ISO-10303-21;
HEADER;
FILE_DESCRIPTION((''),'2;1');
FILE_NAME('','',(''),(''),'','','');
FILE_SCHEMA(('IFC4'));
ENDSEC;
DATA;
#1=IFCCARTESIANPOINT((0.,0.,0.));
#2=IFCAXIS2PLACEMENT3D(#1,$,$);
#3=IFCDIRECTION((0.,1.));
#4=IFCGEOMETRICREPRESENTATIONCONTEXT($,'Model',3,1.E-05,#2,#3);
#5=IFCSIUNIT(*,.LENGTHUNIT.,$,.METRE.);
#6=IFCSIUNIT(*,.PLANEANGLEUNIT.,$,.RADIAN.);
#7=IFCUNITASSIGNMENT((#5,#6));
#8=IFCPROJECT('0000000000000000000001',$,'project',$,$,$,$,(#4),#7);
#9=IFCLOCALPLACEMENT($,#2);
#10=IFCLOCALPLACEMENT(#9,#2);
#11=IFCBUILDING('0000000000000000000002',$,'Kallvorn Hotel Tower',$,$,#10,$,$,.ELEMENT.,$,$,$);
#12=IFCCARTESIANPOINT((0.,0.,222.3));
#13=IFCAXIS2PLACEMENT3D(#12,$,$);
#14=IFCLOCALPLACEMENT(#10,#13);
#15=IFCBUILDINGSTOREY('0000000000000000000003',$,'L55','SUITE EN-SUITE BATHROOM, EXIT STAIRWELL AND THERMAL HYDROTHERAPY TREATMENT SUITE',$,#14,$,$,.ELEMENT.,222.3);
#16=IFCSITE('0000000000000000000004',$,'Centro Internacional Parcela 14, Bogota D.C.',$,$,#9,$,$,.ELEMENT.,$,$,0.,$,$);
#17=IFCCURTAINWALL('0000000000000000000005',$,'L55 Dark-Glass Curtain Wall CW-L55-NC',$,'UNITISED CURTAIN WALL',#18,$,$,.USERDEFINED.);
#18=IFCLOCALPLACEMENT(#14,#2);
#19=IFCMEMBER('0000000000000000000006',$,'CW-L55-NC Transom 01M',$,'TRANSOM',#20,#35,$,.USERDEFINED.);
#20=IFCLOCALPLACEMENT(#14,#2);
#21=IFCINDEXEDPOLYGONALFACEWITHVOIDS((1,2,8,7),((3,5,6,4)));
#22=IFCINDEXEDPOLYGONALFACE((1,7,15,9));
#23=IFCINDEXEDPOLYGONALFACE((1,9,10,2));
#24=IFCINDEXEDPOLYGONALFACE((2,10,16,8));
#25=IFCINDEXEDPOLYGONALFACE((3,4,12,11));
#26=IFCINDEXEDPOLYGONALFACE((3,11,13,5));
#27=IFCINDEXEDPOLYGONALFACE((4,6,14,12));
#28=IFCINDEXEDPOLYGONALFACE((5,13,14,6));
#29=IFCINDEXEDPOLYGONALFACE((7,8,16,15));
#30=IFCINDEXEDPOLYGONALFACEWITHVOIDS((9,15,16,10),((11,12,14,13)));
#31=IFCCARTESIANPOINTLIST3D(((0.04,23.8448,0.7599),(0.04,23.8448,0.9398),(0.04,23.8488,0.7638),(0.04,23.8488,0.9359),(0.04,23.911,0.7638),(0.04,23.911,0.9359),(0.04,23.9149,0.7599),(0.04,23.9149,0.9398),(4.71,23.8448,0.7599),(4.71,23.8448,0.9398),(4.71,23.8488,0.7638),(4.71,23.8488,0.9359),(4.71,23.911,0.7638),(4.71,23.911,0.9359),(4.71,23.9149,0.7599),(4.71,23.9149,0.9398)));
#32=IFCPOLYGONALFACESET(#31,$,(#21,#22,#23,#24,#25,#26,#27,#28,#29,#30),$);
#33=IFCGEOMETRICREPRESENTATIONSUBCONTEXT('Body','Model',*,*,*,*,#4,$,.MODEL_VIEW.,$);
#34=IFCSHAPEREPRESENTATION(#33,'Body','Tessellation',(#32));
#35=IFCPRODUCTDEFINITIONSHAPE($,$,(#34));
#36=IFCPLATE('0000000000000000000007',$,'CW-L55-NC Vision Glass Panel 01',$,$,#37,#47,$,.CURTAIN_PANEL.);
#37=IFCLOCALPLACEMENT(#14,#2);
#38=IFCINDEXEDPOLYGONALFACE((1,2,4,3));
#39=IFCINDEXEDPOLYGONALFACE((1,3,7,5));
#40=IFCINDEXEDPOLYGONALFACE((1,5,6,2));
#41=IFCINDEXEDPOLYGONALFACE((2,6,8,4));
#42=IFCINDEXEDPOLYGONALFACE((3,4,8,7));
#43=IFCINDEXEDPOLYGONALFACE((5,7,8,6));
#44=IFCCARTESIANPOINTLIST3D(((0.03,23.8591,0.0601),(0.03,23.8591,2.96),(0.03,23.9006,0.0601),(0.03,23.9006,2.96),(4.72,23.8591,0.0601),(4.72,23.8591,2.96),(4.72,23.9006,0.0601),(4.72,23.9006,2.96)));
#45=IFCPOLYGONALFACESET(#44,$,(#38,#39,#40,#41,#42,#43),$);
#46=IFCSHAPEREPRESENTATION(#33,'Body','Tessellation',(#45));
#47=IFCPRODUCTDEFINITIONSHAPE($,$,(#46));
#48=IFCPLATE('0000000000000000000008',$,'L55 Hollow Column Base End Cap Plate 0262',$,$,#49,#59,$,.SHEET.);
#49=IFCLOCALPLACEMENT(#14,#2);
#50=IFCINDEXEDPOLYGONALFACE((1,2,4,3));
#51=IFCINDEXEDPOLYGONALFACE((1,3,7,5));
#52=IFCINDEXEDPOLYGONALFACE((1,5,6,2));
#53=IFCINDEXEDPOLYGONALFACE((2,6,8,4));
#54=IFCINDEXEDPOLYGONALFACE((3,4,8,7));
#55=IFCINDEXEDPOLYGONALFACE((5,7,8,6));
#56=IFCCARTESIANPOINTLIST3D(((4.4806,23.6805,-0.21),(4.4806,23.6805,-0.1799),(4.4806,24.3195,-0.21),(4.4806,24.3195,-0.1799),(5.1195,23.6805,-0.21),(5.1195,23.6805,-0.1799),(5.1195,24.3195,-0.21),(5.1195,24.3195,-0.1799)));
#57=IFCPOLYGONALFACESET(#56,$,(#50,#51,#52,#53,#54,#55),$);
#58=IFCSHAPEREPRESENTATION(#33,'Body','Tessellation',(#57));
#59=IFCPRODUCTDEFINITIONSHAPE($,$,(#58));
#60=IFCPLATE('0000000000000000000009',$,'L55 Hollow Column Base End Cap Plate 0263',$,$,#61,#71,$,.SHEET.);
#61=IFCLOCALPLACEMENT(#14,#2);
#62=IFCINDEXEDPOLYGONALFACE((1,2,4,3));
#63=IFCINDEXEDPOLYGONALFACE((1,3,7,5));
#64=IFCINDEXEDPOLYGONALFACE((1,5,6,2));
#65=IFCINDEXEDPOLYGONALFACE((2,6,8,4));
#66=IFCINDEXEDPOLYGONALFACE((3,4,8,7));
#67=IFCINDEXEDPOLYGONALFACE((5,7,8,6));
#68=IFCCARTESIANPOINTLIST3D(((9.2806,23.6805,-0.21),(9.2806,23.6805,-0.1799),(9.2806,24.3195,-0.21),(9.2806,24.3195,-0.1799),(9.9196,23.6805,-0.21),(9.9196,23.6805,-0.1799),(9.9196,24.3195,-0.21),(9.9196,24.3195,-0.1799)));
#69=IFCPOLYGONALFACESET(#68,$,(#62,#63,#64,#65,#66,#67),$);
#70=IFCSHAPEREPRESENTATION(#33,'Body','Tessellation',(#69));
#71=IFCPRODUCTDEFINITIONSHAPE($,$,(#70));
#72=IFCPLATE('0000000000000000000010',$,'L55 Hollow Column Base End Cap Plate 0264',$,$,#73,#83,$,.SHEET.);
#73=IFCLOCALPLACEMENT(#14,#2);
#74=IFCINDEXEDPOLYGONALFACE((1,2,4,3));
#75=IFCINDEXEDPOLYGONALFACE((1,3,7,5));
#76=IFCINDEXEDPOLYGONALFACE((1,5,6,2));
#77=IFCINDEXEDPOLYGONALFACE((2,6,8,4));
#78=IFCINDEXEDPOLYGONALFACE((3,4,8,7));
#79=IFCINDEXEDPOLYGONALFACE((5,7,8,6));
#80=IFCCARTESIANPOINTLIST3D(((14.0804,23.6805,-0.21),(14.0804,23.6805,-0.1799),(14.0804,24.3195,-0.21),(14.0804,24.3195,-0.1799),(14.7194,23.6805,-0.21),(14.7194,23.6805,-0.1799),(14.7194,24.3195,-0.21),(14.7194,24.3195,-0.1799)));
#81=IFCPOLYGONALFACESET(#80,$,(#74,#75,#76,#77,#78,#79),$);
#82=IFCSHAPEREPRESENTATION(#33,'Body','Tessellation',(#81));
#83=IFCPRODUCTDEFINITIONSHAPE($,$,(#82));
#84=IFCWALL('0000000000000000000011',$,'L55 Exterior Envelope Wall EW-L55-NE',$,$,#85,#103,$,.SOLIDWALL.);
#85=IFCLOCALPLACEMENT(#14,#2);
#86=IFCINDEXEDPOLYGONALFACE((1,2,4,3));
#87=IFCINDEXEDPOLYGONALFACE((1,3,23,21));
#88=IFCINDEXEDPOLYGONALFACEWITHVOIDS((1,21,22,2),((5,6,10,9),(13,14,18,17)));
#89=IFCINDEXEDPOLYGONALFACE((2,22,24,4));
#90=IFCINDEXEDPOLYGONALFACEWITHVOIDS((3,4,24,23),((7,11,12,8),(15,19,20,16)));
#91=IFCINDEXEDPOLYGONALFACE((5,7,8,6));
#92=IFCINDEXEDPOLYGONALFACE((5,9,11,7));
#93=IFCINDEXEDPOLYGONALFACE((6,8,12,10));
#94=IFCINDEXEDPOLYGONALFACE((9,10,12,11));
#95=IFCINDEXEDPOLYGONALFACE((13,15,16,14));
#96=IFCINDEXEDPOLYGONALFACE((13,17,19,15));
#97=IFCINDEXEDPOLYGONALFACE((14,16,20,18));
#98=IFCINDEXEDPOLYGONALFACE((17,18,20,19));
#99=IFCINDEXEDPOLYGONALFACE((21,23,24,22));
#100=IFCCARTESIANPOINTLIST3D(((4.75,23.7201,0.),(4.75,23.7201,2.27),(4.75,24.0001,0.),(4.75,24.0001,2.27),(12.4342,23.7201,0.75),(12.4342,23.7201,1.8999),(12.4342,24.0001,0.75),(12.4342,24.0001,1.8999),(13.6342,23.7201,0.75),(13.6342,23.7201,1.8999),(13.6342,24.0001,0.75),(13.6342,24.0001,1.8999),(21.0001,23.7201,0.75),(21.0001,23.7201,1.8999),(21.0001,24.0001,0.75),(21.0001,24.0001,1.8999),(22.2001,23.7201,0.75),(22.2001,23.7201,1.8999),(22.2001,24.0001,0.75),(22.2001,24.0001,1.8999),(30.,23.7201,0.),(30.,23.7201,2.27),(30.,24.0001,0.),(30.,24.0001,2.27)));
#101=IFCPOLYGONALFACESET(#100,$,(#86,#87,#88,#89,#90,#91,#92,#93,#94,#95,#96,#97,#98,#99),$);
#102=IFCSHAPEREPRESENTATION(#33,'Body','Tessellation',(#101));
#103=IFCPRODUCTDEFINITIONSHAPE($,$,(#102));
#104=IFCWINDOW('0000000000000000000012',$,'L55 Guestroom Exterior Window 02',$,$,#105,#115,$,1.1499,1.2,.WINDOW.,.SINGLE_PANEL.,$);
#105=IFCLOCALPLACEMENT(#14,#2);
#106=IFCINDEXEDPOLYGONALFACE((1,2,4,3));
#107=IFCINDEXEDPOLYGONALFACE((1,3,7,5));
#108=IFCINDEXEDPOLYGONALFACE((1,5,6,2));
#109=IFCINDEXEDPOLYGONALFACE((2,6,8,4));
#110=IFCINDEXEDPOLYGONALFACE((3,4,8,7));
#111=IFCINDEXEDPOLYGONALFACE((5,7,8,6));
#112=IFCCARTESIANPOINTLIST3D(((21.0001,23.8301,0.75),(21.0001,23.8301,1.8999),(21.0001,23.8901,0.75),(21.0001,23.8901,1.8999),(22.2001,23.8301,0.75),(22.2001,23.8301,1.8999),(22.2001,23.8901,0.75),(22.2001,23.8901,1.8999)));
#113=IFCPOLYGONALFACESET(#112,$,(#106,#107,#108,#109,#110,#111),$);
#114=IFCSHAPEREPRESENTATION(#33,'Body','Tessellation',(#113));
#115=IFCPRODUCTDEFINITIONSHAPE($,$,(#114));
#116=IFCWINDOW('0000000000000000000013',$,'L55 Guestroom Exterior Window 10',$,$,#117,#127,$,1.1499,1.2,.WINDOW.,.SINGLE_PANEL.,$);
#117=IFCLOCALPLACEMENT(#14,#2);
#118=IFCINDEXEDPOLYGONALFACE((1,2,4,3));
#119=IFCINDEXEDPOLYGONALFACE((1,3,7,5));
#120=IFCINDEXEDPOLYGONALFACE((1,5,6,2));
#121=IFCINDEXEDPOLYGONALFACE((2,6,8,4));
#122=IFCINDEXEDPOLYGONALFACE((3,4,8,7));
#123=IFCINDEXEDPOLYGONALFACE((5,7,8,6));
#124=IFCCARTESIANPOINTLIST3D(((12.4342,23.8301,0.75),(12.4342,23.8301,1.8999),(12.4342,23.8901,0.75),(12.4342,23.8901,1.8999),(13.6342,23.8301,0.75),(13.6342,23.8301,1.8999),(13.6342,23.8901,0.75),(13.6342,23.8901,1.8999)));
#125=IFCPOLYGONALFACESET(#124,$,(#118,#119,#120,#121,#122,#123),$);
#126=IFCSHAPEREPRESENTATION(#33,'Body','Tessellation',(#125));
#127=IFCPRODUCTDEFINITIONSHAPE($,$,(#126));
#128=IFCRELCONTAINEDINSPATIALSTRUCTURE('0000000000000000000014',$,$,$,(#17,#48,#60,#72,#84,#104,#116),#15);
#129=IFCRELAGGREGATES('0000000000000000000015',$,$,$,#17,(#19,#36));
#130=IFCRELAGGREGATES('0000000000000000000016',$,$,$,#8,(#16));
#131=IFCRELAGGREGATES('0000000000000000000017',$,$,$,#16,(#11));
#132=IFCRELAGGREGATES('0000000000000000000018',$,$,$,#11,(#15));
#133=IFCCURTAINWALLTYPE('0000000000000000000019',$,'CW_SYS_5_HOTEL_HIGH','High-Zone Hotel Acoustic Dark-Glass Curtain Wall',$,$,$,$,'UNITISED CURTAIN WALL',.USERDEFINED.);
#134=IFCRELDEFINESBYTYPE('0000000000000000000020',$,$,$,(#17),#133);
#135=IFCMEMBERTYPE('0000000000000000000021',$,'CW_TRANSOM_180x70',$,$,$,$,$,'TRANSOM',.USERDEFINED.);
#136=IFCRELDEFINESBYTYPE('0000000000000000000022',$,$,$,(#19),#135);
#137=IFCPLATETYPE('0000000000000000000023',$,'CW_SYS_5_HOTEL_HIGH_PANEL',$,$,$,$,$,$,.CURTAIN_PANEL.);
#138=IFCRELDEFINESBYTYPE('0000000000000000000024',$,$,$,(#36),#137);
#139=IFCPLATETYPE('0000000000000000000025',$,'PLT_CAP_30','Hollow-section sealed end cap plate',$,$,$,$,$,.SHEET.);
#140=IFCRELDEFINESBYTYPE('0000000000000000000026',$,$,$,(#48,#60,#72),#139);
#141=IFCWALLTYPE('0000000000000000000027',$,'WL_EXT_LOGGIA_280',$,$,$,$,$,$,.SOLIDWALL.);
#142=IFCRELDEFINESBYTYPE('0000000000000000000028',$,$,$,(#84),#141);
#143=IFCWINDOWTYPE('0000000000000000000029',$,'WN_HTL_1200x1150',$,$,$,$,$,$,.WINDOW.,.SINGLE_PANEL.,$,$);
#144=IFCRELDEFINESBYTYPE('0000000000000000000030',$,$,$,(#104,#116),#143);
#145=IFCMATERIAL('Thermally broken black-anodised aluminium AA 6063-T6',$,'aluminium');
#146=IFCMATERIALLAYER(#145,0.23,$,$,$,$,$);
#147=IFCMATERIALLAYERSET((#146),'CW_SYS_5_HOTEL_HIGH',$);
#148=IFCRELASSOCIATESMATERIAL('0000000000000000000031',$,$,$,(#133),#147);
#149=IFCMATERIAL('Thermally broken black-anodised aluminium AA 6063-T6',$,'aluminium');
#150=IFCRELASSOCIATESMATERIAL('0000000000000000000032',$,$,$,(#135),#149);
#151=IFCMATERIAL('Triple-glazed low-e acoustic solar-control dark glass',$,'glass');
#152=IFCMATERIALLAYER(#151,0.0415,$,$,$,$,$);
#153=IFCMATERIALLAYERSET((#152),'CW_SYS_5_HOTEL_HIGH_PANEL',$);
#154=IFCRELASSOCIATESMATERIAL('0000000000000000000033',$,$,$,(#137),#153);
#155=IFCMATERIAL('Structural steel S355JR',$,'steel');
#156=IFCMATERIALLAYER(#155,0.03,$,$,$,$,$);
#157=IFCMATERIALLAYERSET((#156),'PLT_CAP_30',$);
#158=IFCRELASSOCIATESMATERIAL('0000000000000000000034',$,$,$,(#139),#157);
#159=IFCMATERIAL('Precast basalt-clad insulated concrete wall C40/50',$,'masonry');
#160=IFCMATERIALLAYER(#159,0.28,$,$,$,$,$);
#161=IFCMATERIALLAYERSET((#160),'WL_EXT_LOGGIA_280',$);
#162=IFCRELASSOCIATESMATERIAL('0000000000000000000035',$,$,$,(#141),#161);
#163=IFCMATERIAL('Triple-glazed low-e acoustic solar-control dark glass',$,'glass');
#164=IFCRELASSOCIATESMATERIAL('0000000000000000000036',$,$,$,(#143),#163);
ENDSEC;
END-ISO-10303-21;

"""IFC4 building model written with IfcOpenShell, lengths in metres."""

from ifc_helpers import new_model, si_unit, direction, frame, frame_2d, origin, origin_2d, place, context, subcontext, project, spatial, rectangle, hollow_rectangle, extrude, material, layer, layer_set, material_profile, profile_set, type_object, element, fill, aggregate, save


model = new_model("IFC4")

# Units and contexts
model_context = context("Model", 3, precision=1e-05, world=origin(), true_north=direction((0.0, 1.0)))
body_context = subcontext(model_context, "Body", "Model", "MODEL_VIEW")
ifc_project = project(units=[si_unit("LENGTHUNIT", "METRE"), si_unit("PLANEANGLEUNIT", "RADIAN")], contexts=[model_context])

# Site, building, storey
site_placement = place(None, origin())
site = spatial("IfcSite", under=ifc_project, at=site_placement, Name="Centro Internacional Parcela 14, Bogota D.C.", CompositionType="ELEMENT", RefElevation=0.0)
building_placement = place(site_placement, origin())
building = spatial("IfcBuilding", under=site, at=building_placement, Name="Kallvorn Hotel Tower", CompositionType="ELEMENT")
storey_placement = place(building_placement, frame((0.0, 0.0, 222.3)))
storey = spatial("IfcBuildingStorey", under=building, at=storey_placement, Name="L55", Description="SUITE EN-SUITE BATHROOM, EXIT STAIRWELL AND THERMAL HYDROTHERAPY TREATMENT SUITE", CompositionType="ELEMENT", Elevation=222.3)

# Curtain wall, member, plate
ifc_material_1 = material(Name="Thermally broken black-anodised aluminium AA 6063-T6", Category="aluminium")
ifc_layer_1 = layer(ifc_material_1, 0.23)
ifc_layer_set_1 = layer_set([ifc_layer_1], Name="CW_SYS_5_HOTEL_HIGH")
curtain_wall_type = type_object("IfcCurtainWallType", Name="CW_SYS_5_HOTEL_HIGH", Description="High-Zone Hotel Acoustic Dark-Glass Curtain Wall", ElementType="UNITISED CURTAIN WALL", PredefinedType="USERDEFINED", material=ifc_layer_set_1)
curtain_wall_placement = place(storey_placement, origin())
curtain_wall = element("IfcCurtainWall", 1, at=curtain_wall_placement, inside=storey, type_object=curtain_wall_type, Name="L55 Dark-Glass Curtain Wall CW-L55-NC", ObjectType="UNITISED CURTAIN WALL", PredefinedType="USERDEFINED")
ifc_material_2 = material(Name="Thermally broken black-anodised aluminium AA 6063-T6", Category="aluminium")
ifc_material_profile_1 = material_profile(ifc_material_2, hollow_rectangle(XDim=0.0701, YDim=0.1799, WallThickness=0.0039, at=origin_2d()), Name="TRN 180x70")
ifc_profile_set_1 = profile_set([ifc_material_profile_1], Name="Thermally broken black-anodised aluminium AA 6063-T6")
member_type_1 = type_object("IfcMemberType", Name="CW_TRANSOM_180x70", ElementType="TRANSOM", PredefinedType="USERDEFINED", material=ifc_profile_set_1)
member_1_placement = place(storey_placement, frame((0.04, 23.8799, 0.8499), z_axis=(1.0, 0.0, 0.0), x_axis=(0.0, 1.0, 0.0)))
member_1 = element("IfcMember", 2, at=member_1_placement, type_object=member_type_1, Name="CW-L55-NC Transom 01M", ObjectType="TRANSOM", PredefinedType="USERDEFINED", context=body_context, shape_type="SweptSolid", body=[
    extrude(hollow_rectangle(XDim=0.0701, YDim=0.1799, WallThickness=0.0039, at=origin_2d()), origin(), (0.0, 0.0, 1.0), 4.6699),
])
ifc_material_3 = material(Name="Triple-glazed low-e acoustic solar-control dark glass", Category="glass")
ifc_layer_2 = layer(ifc_material_3, 0.0415)
ifc_layer_set_2 = layer_set([ifc_layer_2], Name="CW_SYS_5_HOTEL_HIGH_PANEL")
plate_type_1 = type_object("IfcPlateType", Name="CW_SYS_5_HOTEL_HIGH_PANEL", PredefinedType="CURTAIN_PANEL", material=ifc_layer_set_2)
plate_placement = place(storey_placement, frame((2.375, 23.8799, 0.0601), z_axis=(0.0, 0.0, 1.0), x_axis=(1.0, 0.0, 0.0)))
plate = element("IfcPlate", 3, at=plate_placement, type_object=plate_type_1, Name="CW-L55-NC Vision Glass Panel 01", PredefinedType="CURTAIN_PANEL", context=body_context, shape_type="SweptSolid", body=[
    extrude(rectangle(XDim=4.6899, YDim=0.0415, at=origin_2d()), origin(), (0.0, 0.0, 1.0), 2.8999),
])
aggregate(curtain_wall, [member_1, plate])

# Plates
ifc_material_4 = material(Name="Structural steel S355JR", Category="steel")
ifc_layer_3 = layer(ifc_material_4, 0.03)
ifc_layer_set_3 = layer_set([ifc_layer_3], Name="PLT_CAP_30")
plate_type_2 = type_object("IfcPlateType", Name="PLT_CAP_30", Description="Hollow-section sealed end cap plate", PredefinedType="SHEET", material=ifc_layer_set_3)
for number, where, z_axis, x_axis, name in (
    (4, (4.8, 24.0, -0.21), (0.0, 0.0, 1.0), (1.0, 0.0, 0.0), "L55 Hollow Column Base End Cap Plate 0262"),
    (5, (9.6001, 24.0, -0.21), (0.0, 0.0, 1.0), (1.0, 0.0, 0.0), "L55 Hollow Column Base End Cap Plate 0263"),
    (6, (14.3999, 24.0, -0.21), (0.0, 0.0, 1.0), (1.0, 0.0, 0.0), "L55 Hollow Column Base End Cap Plate 0264"),
):
    element("IfcPlate", number, at=place(storey_placement, frame(where, z_axis=z_axis, x_axis=x_axis)), inside=storey, type_object=plate_type_2, Name=name, PredefinedType="SHEET", context=body_context, shape_type="SweptSolid", body=[
        extrude(rectangle(XDim=0.6389, YDim=0.6389, at=origin_2d()), origin(), (0.0, 0.0, 1.0), 0.03),
    ])

# Wall, openings, windows
ifc_material_5 = material(Name="Precast basalt-clad insulated concrete wall C40/50", Category="masonry")
ifc_layer_4 = layer(ifc_material_5, 0.28)
ifc_layer_set_4 = layer_set([ifc_layer_4], Name="WL_EXT_LOGGIA_280")
wall_type = type_object("IfcWallType", Name="WL_EXT_LOGGIA_280", PredefinedType="SOLIDWALL", material=ifc_layer_set_4)
wall_placement = place(storey_placement, frame((4.75, 23.8601, 0.0), z_axis=(0.0, 0.0, 1.0), x_axis=(1.0, 0.0, 0.0)))
wall = element("IfcWall", 7, at=wall_placement, inside=storey, type_object=wall_type, Name="L55 Exterior Envelope Wall EW-L55-NE", PredefinedType="SOLIDWALL", context=body_context, shape_type="SweptSolid", body=[
    extrude(rectangle(XDim=25.25, YDim=0.28, at=frame_2d((12.625, 0.0))), origin(), (0.0, 0.0, 1.0), 2.27),
])
opening_1_placement = place(wall_placement, frame((16.25, 0.0, 0.75)))
opening_1 = element("IfcOpeningElement", 8, at=opening_1_placement, cuts=wall, PredefinedType="OPENING", context=body_context, shape_type="SweptSolid", body=[
    extrude(rectangle(XDim=1.2, YDim=1.1499, at=frame_2d((0.6001, 0.575))), frame((0.0, 0.155, 0.0), z_axis=(0.0, -1.0, 0.0), x_axis=(1.0, 0.0, 0.0)), (0.0, 0.0, 1.0), 0.3101),
])
opening_2_placement = place(wall_placement, frame((7.6841, 0.0, 0.75)))
opening_2 = element("IfcOpeningElement", 9, at=opening_2_placement, cuts=wall, PredefinedType="OPENING", context=body_context, shape_type="SweptSolid", body=[
    extrude(rectangle(XDim=1.2, YDim=1.1499, at=frame_2d((0.6001, 0.575))), frame((0.0, 0.155, 0.0), z_axis=(0.0, -1.0, 0.0), x_axis=(1.0, 0.0, 0.0)), (0.0, 0.0, 1.0), 0.3101),
])
ifc_material_6 = material(Name="Triple-glazed low-e acoustic solar-control dark glass", Category="glass")
window_type = type_object("IfcWindowType", Name="WN_HTL_1200x1150", PartitioningType="SINGLE_PANEL", PredefinedType="WINDOW", material=ifc_material_6)
window_1_placement = place(opening_1_placement, origin())
window_1 = element("IfcWindow", 10, at=window_1_placement, inside=storey, type_object=window_type, Name="L55 Guestroom Exterior Window 02", OverallHeight=1.1499, OverallWidth=1.2, PartitioningType="SINGLE_PANEL", PredefinedType="WINDOW", context=body_context, shape_type="SweptSolid", body=[
    extrude(rectangle(XDim=1.2, YDim=1.1499, at=frame_2d((0.6001, 0.575))), frame((0.0, 0.03, 0.0), z_axis=(0.0, -1.0, 0.0), x_axis=(1.0, 0.0, 0.0)), (0.0, 0.0, 1.0), 0.0601),
])
fill(opening_1, window_1)
window_2_placement = place(opening_2_placement, origin())
window_2 = element("IfcWindow", 11, at=window_2_placement, inside=storey, type_object=window_type, Name="L55 Guestroom Exterior Window 10", OverallHeight=1.1499, OverallWidth=1.2, PartitioningType="SINGLE_PANEL", PredefinedType="WINDOW", context=body_context, shape_type="SweptSolid", body=[
    extrude(rectangle(XDim=1.2, YDim=1.1499, at=frame_2d((0.6001, 0.575))), frame((0.0, 0.03, 0.0), z_axis=(0.0, -1.0, 0.0), x_axis=(1.0, 0.0, 0.0)), (0.0, 0.0, 1.0), 0.0601),
])
fill(opening_2, window_2)

save(model, "model.ifc")
